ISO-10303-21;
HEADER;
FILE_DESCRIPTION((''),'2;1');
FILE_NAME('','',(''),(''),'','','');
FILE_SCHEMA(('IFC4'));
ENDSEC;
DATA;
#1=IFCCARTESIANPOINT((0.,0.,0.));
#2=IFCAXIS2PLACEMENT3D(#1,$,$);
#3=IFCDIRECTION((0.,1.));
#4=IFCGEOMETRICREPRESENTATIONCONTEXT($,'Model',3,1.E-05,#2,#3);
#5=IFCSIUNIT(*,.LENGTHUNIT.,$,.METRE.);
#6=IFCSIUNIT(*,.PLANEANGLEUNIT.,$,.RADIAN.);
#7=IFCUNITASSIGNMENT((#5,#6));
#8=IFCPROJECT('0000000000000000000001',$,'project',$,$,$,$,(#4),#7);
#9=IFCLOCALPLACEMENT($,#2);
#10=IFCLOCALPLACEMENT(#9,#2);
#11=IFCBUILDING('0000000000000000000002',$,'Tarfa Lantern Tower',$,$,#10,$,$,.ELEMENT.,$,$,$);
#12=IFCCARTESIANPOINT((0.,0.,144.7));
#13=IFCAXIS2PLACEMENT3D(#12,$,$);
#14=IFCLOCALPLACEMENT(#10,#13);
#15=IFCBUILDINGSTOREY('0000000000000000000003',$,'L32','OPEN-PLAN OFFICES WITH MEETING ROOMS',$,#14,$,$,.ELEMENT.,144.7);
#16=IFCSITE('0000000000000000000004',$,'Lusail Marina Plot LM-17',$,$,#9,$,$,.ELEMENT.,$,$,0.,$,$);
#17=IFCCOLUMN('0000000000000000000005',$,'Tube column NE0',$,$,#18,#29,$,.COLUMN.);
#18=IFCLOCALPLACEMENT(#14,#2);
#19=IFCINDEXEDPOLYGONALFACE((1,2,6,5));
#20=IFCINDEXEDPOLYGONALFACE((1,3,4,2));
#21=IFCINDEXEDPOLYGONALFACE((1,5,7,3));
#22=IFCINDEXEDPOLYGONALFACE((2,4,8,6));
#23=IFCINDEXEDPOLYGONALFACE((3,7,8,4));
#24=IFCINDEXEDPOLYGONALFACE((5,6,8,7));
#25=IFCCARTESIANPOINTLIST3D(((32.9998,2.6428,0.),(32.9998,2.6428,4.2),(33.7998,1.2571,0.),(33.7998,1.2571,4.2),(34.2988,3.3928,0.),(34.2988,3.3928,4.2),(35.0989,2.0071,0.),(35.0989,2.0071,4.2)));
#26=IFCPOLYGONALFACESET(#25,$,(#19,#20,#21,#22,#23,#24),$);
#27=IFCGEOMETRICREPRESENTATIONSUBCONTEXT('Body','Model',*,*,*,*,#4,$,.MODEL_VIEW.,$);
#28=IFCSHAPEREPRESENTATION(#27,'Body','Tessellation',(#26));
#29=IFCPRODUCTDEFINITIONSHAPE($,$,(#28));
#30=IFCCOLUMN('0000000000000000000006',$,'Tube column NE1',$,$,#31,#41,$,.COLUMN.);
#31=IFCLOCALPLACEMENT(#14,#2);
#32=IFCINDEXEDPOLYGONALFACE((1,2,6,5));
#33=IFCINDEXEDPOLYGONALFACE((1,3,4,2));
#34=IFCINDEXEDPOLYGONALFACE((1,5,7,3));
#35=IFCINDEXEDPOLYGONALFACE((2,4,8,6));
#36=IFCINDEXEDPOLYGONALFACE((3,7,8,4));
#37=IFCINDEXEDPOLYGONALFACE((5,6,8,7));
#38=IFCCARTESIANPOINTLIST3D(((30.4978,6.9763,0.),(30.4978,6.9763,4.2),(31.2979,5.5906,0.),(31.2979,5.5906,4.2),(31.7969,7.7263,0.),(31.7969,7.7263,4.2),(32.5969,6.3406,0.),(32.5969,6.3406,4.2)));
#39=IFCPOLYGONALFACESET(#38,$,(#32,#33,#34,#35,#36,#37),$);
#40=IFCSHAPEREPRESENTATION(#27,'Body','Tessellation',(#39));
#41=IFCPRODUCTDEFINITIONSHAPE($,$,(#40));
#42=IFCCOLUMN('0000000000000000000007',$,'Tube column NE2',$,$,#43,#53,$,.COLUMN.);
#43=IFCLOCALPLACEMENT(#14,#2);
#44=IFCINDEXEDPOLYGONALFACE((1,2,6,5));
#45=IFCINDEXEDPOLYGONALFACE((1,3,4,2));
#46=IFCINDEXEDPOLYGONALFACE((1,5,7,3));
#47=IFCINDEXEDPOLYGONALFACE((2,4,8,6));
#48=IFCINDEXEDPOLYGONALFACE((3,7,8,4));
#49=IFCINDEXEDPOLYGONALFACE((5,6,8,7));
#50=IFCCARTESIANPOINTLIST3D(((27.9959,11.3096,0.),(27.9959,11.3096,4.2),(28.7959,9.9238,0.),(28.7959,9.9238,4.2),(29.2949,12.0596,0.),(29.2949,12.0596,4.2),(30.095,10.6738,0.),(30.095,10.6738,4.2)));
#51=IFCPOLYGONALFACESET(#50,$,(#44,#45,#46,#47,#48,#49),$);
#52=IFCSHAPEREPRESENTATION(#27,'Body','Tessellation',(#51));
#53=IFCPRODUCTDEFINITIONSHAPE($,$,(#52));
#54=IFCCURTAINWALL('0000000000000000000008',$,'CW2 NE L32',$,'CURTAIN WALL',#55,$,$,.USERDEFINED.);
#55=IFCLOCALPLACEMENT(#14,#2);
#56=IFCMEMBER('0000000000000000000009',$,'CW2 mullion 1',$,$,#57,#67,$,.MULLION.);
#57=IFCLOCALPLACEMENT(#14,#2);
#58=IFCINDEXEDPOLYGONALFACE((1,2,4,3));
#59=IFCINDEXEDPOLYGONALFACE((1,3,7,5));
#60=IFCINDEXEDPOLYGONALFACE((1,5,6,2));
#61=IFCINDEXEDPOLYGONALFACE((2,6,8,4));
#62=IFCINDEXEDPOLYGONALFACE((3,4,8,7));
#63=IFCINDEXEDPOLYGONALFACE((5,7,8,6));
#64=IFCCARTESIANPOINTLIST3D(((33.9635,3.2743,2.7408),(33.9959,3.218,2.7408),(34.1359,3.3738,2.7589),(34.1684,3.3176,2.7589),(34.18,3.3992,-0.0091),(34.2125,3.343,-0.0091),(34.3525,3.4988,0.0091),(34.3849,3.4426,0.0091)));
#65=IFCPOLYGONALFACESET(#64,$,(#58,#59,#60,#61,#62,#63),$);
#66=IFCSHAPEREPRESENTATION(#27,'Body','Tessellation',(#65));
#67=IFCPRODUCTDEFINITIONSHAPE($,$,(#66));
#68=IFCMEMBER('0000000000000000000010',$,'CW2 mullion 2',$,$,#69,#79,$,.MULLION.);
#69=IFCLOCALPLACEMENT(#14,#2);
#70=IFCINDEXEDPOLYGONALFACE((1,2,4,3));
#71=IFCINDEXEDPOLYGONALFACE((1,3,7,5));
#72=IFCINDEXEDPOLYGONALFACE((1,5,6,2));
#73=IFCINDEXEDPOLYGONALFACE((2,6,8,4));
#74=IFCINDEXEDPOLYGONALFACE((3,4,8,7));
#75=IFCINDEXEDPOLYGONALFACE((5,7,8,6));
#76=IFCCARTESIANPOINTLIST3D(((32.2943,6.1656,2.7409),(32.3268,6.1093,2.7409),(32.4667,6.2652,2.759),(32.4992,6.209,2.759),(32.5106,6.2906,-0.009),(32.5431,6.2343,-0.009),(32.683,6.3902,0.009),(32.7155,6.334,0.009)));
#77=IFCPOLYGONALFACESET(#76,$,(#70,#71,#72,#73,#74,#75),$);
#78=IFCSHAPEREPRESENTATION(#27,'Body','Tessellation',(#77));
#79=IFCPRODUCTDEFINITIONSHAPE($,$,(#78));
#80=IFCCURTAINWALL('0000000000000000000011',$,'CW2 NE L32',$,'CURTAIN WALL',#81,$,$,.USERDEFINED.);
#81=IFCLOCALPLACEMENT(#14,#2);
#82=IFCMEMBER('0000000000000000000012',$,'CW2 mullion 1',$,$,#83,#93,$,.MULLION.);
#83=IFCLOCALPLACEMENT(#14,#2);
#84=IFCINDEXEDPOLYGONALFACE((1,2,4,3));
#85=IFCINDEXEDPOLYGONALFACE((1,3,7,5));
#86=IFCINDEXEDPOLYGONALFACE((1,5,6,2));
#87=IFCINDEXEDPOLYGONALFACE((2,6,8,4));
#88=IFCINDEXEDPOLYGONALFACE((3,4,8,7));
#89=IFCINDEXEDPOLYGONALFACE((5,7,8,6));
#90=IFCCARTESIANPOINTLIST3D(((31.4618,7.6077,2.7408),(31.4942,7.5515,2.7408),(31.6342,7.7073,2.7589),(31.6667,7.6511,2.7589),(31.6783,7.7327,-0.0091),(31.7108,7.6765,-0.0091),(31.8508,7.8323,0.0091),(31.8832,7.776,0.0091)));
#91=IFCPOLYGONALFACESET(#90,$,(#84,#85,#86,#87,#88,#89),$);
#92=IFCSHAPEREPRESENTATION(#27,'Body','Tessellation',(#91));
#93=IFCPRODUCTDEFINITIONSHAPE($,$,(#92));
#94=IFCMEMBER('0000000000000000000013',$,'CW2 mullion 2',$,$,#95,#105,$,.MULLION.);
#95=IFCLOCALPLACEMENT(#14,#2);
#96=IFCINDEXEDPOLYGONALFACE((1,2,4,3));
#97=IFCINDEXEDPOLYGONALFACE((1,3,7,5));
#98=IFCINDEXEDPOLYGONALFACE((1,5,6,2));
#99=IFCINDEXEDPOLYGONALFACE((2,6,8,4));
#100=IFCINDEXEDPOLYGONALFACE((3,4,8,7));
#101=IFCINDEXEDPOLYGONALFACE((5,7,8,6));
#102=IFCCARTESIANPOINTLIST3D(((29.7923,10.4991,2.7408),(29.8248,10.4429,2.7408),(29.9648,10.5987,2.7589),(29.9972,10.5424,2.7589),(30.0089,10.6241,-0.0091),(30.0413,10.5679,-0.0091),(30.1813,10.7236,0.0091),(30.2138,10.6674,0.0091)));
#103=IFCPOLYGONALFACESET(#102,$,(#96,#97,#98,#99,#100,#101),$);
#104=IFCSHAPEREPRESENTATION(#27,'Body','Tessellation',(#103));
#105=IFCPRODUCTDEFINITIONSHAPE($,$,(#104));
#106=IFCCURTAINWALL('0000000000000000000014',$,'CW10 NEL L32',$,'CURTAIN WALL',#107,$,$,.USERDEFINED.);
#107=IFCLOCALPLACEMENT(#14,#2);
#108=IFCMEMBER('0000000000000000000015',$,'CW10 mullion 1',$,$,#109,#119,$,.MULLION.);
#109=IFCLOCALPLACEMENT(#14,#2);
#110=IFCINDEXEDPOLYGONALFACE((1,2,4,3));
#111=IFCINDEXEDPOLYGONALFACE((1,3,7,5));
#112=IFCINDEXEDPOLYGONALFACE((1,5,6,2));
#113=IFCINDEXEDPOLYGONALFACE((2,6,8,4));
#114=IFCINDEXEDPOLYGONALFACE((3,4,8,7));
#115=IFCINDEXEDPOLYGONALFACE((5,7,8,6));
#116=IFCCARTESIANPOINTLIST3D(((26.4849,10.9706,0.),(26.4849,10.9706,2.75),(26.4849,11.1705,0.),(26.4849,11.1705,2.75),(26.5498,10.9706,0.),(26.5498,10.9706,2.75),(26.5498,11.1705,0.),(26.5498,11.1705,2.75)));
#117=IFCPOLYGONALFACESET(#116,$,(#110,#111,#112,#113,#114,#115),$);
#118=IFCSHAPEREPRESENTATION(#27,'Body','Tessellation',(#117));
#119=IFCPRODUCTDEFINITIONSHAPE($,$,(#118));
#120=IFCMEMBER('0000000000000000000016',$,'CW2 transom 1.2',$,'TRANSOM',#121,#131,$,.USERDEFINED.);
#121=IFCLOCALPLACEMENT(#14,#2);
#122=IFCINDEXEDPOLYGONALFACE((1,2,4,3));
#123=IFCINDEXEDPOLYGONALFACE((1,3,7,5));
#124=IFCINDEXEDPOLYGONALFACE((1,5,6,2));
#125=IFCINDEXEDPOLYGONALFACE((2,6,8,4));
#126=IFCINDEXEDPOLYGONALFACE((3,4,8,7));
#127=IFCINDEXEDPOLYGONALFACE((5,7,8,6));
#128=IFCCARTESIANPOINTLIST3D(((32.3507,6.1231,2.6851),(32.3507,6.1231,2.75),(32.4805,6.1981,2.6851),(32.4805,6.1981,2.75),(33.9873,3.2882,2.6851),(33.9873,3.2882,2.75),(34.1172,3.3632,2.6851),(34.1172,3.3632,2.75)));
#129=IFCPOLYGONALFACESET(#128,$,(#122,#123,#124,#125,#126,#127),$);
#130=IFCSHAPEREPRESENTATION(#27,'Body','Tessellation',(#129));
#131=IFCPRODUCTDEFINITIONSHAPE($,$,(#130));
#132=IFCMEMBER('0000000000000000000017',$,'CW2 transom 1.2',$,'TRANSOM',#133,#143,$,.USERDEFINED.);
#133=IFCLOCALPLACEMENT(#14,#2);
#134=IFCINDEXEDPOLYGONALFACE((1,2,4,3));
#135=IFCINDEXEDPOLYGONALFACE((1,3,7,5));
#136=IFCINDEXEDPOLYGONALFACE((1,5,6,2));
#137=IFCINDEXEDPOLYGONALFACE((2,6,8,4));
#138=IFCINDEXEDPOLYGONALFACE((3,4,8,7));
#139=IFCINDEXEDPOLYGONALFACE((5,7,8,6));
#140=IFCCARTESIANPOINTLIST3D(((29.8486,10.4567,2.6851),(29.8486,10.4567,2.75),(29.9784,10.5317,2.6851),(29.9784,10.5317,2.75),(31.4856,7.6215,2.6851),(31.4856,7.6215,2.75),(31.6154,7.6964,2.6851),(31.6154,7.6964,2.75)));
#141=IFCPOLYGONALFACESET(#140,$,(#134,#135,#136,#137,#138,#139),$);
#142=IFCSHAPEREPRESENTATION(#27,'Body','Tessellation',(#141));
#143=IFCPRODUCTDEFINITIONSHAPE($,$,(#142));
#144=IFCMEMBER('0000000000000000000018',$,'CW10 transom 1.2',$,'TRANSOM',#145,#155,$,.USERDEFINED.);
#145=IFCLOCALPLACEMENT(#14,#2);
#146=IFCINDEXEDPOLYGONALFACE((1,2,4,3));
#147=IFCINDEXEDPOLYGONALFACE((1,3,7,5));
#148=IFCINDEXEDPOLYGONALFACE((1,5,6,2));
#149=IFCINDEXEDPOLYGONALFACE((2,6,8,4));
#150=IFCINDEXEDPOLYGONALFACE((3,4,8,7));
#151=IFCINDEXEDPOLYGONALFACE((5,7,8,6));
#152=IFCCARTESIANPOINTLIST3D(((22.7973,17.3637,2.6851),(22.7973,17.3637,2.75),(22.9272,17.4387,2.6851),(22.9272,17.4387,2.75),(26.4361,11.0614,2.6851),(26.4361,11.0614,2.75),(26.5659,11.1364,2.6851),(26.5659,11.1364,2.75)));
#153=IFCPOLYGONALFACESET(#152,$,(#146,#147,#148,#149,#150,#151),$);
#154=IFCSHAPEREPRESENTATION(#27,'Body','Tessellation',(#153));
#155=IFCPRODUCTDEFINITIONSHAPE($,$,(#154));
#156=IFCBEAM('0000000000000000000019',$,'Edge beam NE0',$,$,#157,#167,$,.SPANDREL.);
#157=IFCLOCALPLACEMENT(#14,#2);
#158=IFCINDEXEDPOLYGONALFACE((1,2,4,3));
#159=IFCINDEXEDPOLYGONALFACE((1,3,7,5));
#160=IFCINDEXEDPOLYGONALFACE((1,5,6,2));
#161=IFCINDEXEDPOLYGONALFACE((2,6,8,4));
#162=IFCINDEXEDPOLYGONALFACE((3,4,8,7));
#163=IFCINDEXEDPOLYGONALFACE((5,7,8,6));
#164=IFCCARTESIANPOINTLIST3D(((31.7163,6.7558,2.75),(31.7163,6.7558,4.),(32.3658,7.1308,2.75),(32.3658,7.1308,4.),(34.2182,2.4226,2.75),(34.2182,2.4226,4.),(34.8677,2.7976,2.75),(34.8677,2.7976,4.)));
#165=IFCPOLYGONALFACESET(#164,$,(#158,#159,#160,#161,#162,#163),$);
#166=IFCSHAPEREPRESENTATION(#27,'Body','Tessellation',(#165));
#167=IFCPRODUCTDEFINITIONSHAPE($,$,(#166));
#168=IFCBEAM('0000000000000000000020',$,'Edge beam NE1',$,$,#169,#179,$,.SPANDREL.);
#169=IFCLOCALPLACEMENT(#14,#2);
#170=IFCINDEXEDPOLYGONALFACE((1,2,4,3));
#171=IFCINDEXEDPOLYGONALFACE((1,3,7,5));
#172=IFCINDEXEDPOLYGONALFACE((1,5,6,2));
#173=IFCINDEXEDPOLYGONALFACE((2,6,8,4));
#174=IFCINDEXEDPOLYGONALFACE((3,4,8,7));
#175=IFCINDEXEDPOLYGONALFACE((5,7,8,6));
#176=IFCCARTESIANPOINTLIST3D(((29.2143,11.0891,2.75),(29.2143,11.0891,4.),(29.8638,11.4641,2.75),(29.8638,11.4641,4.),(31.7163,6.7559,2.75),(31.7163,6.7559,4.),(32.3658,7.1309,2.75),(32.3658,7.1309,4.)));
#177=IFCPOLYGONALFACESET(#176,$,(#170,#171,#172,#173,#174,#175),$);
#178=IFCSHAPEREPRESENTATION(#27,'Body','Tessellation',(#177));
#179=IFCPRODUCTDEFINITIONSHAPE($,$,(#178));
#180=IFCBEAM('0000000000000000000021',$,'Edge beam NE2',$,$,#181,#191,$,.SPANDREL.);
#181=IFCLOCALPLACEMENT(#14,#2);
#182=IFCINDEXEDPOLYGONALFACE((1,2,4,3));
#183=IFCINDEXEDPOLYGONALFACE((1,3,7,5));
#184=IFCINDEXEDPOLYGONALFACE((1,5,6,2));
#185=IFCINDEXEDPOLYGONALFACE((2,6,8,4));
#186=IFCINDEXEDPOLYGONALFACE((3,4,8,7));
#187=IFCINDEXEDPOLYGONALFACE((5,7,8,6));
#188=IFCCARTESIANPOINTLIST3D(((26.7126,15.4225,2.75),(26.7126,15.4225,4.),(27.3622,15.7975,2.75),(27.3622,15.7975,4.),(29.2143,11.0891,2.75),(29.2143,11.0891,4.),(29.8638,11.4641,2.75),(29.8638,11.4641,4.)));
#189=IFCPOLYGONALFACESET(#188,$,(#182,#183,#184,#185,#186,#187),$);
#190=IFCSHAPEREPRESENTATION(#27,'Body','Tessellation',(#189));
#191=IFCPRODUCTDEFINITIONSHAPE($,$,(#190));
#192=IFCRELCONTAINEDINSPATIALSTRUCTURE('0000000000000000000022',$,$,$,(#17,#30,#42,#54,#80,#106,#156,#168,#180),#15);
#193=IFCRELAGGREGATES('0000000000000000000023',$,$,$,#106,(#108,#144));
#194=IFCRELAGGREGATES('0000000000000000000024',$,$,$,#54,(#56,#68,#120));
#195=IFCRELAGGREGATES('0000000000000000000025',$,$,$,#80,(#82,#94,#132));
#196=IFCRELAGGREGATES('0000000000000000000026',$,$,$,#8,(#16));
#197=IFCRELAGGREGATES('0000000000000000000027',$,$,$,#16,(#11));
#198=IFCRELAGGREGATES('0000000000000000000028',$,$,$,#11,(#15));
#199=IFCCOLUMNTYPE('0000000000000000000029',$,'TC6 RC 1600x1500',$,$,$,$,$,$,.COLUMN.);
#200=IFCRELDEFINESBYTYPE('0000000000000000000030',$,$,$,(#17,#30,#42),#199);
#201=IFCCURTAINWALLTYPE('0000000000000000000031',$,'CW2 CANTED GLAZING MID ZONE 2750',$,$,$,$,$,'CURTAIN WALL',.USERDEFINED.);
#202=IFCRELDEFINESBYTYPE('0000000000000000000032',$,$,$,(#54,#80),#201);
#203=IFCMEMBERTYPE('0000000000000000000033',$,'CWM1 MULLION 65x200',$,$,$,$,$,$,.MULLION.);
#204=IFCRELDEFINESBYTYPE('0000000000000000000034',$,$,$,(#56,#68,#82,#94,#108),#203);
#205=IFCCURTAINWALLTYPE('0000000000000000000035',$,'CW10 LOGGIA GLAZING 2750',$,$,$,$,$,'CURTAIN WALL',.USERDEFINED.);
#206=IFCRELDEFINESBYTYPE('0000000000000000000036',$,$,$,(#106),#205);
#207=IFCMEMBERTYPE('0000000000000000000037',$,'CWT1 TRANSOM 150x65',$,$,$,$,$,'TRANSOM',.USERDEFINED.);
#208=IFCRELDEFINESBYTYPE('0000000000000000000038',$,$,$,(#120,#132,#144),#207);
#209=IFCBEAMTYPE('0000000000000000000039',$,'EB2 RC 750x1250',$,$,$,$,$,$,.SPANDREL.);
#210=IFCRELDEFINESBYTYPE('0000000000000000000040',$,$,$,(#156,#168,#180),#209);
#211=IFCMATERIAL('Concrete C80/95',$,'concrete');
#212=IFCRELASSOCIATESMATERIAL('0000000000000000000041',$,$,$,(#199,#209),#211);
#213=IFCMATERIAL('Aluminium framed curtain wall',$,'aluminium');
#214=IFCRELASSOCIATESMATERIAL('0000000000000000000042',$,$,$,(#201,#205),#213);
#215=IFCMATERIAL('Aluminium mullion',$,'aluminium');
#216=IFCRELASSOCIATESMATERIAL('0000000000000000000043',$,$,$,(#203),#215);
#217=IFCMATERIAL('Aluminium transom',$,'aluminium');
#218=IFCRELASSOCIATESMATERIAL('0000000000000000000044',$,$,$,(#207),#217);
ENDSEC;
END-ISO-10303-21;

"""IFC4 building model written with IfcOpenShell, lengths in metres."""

from ifc_helpers import new_model, si_unit, direction, frame, origin, origin_2d, place, context, subcontext, project, spatial, rectangle, extrude, material, material_profile, profile_set, type_object, element, aggregate, save


model = new_model("IFC4")

# Units and contexts
model_context = context("Model", 3, precision=1e-05, world=origin(), true_north=direction((0.0, 1.0)))
body_context = subcontext(model_context, "Body", "Model", "MODEL_VIEW")
ifc_project = project(units=[si_unit("LENGTHUNIT", "METRE"), si_unit("PLANEANGLEUNIT", "RADIAN")], contexts=[model_context])

# Site, building, storey
site_placement = place(None, origin())
site = spatial("IfcSite", under=ifc_project, at=site_placement, Name="Lusail Marina Plot LM-17", CompositionType="ELEMENT", RefElevation=0.0)
building_placement = place(site_placement, origin())
building = spatial("IfcBuilding", under=site, at=building_placement, Name="Tarfa Lantern Tower", CompositionType="ELEMENT")
storey_placement = place(building_placement, frame((0.0, 0.0, 144.7)))
storey = spatial("IfcBuildingStorey", under=building, at=storey_placement, Name="L32", Description="OPEN-PLAN OFFICES WITH MEETING ROOMS", CompositionType="ELEMENT", Elevation=144.7)

# Columns
ifc_material_1 = material(Name="Concrete C80/95", Category="concrete")
ifc_material_profile_1 = material_profile(ifc_material_1, rectangle(XDim=1.6001, YDim=1.5, at=origin_2d()), Name="RC 1600x1500")
ifc_profile_set_1 = profile_set([ifc_material_profile_1], Name="Concrete C80/95")
column_type = type_object("IfcColumnType", Name="TC6 RC 1600x1500", PredefinedType="COLUMN", material=ifc_profile_set_1)
for number, where, z_axis, x_axis, name in (
    (1, (34.0493, 2.325, 0.0), (0.0, 0.0, 1.0), (-0.5, 0.866025, 0.0), "Tube column NE0"),
    (2, (31.5474, 6.6584, 0.0), (0.0, 0.0, 1.0), (-0.5, 0.866025, 0.0), "Tube column NE1"),
    (3, (29.0454, 10.9917, 0.0), (0.0, 0.0, 1.0), (-0.5, 0.866025, 0.0), "Tube column NE2"),
):
    element("IfcColumn", number, at=place(storey_placement, frame(where, z_axis=z_axis, x_axis=x_axis)), inside=storey, type_object=column_type, Name=name, PredefinedType="COLUMN", context=body_context, shape_type="SweptSolid", body=[
        extrude(rectangle(XDim=1.6001, YDim=1.5, at=origin_2d()), origin(), (0.0, 0.0, 1.0), 4.2),
    ])

# Curtain walls, members
ifc_material_2 = material(Name="Aluminium framed curtain wall", Category="aluminium")
curtain_wall_type_1 = type_object("IfcCurtainWallType", Name="CW2 CANTED GLAZING MID ZONE 2750", ElementType="CURTAIN WALL", PredefinedType="USERDEFINED", material=ifc_material_2)
curtain_wall_1_placement = place(storey_placement, origin())
curtain_wall_1 = element("IfcCurtainWall", 4, at=curtain_wall_1_placement, inside=storey, type_object=curtain_wall_type_1, Name="CW2 NE L32", ObjectType="CURTAIN WALL", PredefinedType="USERDEFINED")
ifc_material_3 = material(Name="Aluminium mullion", Category="aluminium")
ifc_material_profile_2 = material_profile(ifc_material_3, rectangle(XDim=0.0649, YDim=0.2, at=origin_2d()), Name="AL MULLION 65x200")
ifc_profile_set_2 = profile_set([ifc_material_profile_2], Name="Aluminium mullion")
member_type_1 = type_object("IfcMemberType", Name="CWM1 MULLION 65x200", PredefinedType="MULLION", material=ifc_profile_set_2)
member_1_placement = place(storey_placement, frame((34.2825, 3.4209, 0.0), z_axis=(-0.078423, -0.045268, 0.995892), x_axis=(0.49992, -0.866072, 0.0)))
member_1 = element("IfcMember", 5, at=member_1_placement, type_object=member_type_1, Name="CW2 mullion 1", PredefinedType="MULLION", context=body_context, shape_type="SweptSolid", body=[
    extrude(rectangle(XDim=0.0649, YDim=0.2, at=origin_2d()), origin(), (0.0, 0.0, 1.0), 2.7612),
])
member_2_placement = place(storey_placement, frame((32.613, 6.3123, 0.0), z_axis=(-0.078335, -0.045268, 0.995899), x_axis=(0.500343, -0.865827, 0.0)))
member_2 = element("IfcMember", 6, at=member_2_placement, type_object=member_type_1, Name="CW2 mullion 2", PredefinedType="MULLION", context=body_context, shape_type="SweptSolid", body=[
    extrude(rectangle(XDim=0.0649, YDim=0.2, at=origin_2d()), origin(), (0.0, 0.0, 1.0), 2.7612),
])
curtain_wall_2_placement = place(storey_placement, origin())
curtain_wall_2 = element("IfcCurtainWall", 7, at=curtain_wall_2_placement, inside=storey, type_object=curtain_wall_type_1, Name="CW2 NE L32", ObjectType="CURTAIN WALL", PredefinedType="USERDEFINED")
member_3_placement = place(storey_placement, frame((31.7808, 7.7544, 0.0), z_axis=(-0.078423, -0.045268, 0.995892), x_axis=(0.49992, -0.866072, 0.0)))
member_3 = element("IfcMember", 8, at=member_3_placement, type_object=member_type_1, Name="CW2 mullion 1", PredefinedType="MULLION", context=body_context, shape_type="SweptSolid", body=[
    extrude(rectangle(XDim=0.0649, YDim=0.2, at=origin_2d()), origin(), (0.0, 0.0, 1.0), 2.7612),
])
member_4_placement = place(storey_placement, frame((30.1113, 10.6458, 0.0), z_axis=(-0.078423, -0.045268, 0.995892), x_axis=(0.49992, -0.866072, 0.0)))
member_4 = element("IfcMember", 9, at=member_4_placement, type_object=member_type_1, Name="CW2 mullion 2", PredefinedType="MULLION", context=body_context, shape_type="SweptSolid", body=[
    extrude(rectangle(XDim=0.0649, YDim=0.2, at=origin_2d()), origin(), (0.0, 0.0, 1.0), 2.7612),
])

# Curtain wall, member
curtain_wall_type_2 = type_object("IfcCurtainWallType", Name="CW10 LOGGIA GLAZING 2750", ElementType="CURTAIN WALL", PredefinedType="USERDEFINED", material=ifc_material_2)
curtain_wall_3_placement = place(storey_placement, origin())
curtain_wall_3 = element("IfcCurtainWall", 10, at=curtain_wall_3_placement, inside=storey, type_object=curtain_wall_type_2, Name="CW10 NEL L32", ObjectType="CURTAIN WALL", PredefinedType="USERDEFINED")
member_5_placement = place(storey_placement, frame((26.5173, 11.0706, 0.0), z_axis=(0.0, 0.0, 1.0), x_axis=(1.0, 0.0, 0.0)))
member_5 = element("IfcMember", 11, at=member_5_placement, type_object=member_type_1, Name="CW10 mullion 1", PredefinedType="MULLION", context=body_context, shape_type="SweptSolid", body=[
    extrude(rectangle(XDim=0.0649, YDim=0.2, at=origin_2d()), origin(), (0.0, 0.0, 1.0), 2.75),
])

# Members
ifc_material_4 = material(Name="Aluminium transom", Category="aluminium")
ifc_material_profile_3 = material_profile(ifc_material_4, rectangle(XDim=0.1499, YDim=0.0649, at=origin_2d()), Name="AL TRANSOM 150x65")
ifc_profile_set_3 = profile_set([ifc_material_profile_3], Name="Aluminium transom")
member_type_2 = type_object("IfcMemberType", Name="CWT1 TRANSOM 150x65", ElementType="TRANSOM", PredefinedType="USERDEFINED", material=ifc_profile_set_3)
member_6_placement = place(storey_placement, frame((34.0522, 3.3257, 2.7175), z_axis=(-0.499989, 0.866032, 0.0), x_axis=(-0.866032, -0.499989, 0.0)))
member_6 = element("IfcMember", 12, at=member_6_placement, type_object=member_type_2, Name="CW2 transom 1.2", ObjectType="TRANSOM", PredefinedType="USERDEFINED", context=body_context, shape_type="SweptSolid", body=[
    extrude(rectangle(XDim=0.1499, YDim=0.0649, at=origin_2d()), origin(), (0.0, 0.0, 1.0), 3.2734),
])
member_7_placement = place(storey_placement, frame((31.5505, 7.6589, 2.7175), z_axis=(-0.500013, 0.866018, 0.0), x_axis=(-0.866018, -0.500013, 0.0)))
member_7 = element("IfcMember", 13, at=member_7_placement, type_object=member_type_2, Name="CW2 transom 1.2", ObjectType="TRANSOM", PredefinedType="USERDEFINED", context=body_context, shape_type="SweptSolid", body=[
    extrude(rectangle(XDim=0.1499, YDim=0.0649, at=origin_2d()), origin(), (0.0, 0.0, 1.0), 3.2739),
])
member_8_placement = place(storey_placement, frame((26.501, 11.0989, 2.7175), z_axis=(-0.500007, 0.866021, 0.0), x_axis=(-0.866021, -0.500007, 0.0)))
member_8 = element("IfcMember", 14, at=member_8_placement, type_object=member_type_2, Name="CW10 transom 1.2", ObjectType="TRANSOM", PredefinedType="USERDEFINED", context=body_context, shape_type="SweptSolid", body=[
    extrude(rectangle(XDim=0.1499, YDim=0.0649, at=origin_2d()), origin(), (0.0, 0.0, 1.0), 7.2773),
])
aggregate(curtain_wall_3, [member_5, member_8])

# Beams
ifc_material_profile_4 = material_profile(ifc_material_1, rectangle(XDim=0.75, YDim=1.25, at=origin_2d()), Name="RC 750x1250")
ifc_profile_set_4 = profile_set([ifc_material_profile_4], Name="Concrete C80/95")
beam_type_1 = type_object("IfcBeamType", Name="EB2 RC 750x1250", PredefinedType="SPANDREL", material=ifc_profile_set_4)
for number, where, z_axis, x_axis, name in (
    (15, (34.543, 2.6101, 3.375), (-0.500022, 0.866013, 0.0), (-0.866013, -0.500022, 0.0), "Edge beam NE0"),
    (16, (32.041, 6.9434, 3.375), (-0.500022, 0.866013, 0.0), (-0.866013, -0.500022, 0.0), "Edge beam NE1"),
    (17, (29.5391, 11.2766, 3.375), (-0.499965, 0.866046, 0.0), (-0.866046, -0.499965, 0.0), "Edge beam NE2"),
):
    element("IfcBeam", number, at=place(storey_placement, frame(where, z_axis=z_axis, x_axis=x_axis)), inside=storey, type_object=beam_type_1, Name=name, PredefinedType="SPANDREL", context=body_context, shape_type="SweptSolid", body=[
        extrude(rectangle(XDim=0.75, YDim=1.25, at=origin_2d()), origin(), (0.0, 0.0, 1.0), 5.0037),
    ])

aggregate(curtain_wall_1, [member_1, member_2, member_6])
aggregate(curtain_wall_2, [member_3, member_4, member_7])

save(model, "model.ifc")
